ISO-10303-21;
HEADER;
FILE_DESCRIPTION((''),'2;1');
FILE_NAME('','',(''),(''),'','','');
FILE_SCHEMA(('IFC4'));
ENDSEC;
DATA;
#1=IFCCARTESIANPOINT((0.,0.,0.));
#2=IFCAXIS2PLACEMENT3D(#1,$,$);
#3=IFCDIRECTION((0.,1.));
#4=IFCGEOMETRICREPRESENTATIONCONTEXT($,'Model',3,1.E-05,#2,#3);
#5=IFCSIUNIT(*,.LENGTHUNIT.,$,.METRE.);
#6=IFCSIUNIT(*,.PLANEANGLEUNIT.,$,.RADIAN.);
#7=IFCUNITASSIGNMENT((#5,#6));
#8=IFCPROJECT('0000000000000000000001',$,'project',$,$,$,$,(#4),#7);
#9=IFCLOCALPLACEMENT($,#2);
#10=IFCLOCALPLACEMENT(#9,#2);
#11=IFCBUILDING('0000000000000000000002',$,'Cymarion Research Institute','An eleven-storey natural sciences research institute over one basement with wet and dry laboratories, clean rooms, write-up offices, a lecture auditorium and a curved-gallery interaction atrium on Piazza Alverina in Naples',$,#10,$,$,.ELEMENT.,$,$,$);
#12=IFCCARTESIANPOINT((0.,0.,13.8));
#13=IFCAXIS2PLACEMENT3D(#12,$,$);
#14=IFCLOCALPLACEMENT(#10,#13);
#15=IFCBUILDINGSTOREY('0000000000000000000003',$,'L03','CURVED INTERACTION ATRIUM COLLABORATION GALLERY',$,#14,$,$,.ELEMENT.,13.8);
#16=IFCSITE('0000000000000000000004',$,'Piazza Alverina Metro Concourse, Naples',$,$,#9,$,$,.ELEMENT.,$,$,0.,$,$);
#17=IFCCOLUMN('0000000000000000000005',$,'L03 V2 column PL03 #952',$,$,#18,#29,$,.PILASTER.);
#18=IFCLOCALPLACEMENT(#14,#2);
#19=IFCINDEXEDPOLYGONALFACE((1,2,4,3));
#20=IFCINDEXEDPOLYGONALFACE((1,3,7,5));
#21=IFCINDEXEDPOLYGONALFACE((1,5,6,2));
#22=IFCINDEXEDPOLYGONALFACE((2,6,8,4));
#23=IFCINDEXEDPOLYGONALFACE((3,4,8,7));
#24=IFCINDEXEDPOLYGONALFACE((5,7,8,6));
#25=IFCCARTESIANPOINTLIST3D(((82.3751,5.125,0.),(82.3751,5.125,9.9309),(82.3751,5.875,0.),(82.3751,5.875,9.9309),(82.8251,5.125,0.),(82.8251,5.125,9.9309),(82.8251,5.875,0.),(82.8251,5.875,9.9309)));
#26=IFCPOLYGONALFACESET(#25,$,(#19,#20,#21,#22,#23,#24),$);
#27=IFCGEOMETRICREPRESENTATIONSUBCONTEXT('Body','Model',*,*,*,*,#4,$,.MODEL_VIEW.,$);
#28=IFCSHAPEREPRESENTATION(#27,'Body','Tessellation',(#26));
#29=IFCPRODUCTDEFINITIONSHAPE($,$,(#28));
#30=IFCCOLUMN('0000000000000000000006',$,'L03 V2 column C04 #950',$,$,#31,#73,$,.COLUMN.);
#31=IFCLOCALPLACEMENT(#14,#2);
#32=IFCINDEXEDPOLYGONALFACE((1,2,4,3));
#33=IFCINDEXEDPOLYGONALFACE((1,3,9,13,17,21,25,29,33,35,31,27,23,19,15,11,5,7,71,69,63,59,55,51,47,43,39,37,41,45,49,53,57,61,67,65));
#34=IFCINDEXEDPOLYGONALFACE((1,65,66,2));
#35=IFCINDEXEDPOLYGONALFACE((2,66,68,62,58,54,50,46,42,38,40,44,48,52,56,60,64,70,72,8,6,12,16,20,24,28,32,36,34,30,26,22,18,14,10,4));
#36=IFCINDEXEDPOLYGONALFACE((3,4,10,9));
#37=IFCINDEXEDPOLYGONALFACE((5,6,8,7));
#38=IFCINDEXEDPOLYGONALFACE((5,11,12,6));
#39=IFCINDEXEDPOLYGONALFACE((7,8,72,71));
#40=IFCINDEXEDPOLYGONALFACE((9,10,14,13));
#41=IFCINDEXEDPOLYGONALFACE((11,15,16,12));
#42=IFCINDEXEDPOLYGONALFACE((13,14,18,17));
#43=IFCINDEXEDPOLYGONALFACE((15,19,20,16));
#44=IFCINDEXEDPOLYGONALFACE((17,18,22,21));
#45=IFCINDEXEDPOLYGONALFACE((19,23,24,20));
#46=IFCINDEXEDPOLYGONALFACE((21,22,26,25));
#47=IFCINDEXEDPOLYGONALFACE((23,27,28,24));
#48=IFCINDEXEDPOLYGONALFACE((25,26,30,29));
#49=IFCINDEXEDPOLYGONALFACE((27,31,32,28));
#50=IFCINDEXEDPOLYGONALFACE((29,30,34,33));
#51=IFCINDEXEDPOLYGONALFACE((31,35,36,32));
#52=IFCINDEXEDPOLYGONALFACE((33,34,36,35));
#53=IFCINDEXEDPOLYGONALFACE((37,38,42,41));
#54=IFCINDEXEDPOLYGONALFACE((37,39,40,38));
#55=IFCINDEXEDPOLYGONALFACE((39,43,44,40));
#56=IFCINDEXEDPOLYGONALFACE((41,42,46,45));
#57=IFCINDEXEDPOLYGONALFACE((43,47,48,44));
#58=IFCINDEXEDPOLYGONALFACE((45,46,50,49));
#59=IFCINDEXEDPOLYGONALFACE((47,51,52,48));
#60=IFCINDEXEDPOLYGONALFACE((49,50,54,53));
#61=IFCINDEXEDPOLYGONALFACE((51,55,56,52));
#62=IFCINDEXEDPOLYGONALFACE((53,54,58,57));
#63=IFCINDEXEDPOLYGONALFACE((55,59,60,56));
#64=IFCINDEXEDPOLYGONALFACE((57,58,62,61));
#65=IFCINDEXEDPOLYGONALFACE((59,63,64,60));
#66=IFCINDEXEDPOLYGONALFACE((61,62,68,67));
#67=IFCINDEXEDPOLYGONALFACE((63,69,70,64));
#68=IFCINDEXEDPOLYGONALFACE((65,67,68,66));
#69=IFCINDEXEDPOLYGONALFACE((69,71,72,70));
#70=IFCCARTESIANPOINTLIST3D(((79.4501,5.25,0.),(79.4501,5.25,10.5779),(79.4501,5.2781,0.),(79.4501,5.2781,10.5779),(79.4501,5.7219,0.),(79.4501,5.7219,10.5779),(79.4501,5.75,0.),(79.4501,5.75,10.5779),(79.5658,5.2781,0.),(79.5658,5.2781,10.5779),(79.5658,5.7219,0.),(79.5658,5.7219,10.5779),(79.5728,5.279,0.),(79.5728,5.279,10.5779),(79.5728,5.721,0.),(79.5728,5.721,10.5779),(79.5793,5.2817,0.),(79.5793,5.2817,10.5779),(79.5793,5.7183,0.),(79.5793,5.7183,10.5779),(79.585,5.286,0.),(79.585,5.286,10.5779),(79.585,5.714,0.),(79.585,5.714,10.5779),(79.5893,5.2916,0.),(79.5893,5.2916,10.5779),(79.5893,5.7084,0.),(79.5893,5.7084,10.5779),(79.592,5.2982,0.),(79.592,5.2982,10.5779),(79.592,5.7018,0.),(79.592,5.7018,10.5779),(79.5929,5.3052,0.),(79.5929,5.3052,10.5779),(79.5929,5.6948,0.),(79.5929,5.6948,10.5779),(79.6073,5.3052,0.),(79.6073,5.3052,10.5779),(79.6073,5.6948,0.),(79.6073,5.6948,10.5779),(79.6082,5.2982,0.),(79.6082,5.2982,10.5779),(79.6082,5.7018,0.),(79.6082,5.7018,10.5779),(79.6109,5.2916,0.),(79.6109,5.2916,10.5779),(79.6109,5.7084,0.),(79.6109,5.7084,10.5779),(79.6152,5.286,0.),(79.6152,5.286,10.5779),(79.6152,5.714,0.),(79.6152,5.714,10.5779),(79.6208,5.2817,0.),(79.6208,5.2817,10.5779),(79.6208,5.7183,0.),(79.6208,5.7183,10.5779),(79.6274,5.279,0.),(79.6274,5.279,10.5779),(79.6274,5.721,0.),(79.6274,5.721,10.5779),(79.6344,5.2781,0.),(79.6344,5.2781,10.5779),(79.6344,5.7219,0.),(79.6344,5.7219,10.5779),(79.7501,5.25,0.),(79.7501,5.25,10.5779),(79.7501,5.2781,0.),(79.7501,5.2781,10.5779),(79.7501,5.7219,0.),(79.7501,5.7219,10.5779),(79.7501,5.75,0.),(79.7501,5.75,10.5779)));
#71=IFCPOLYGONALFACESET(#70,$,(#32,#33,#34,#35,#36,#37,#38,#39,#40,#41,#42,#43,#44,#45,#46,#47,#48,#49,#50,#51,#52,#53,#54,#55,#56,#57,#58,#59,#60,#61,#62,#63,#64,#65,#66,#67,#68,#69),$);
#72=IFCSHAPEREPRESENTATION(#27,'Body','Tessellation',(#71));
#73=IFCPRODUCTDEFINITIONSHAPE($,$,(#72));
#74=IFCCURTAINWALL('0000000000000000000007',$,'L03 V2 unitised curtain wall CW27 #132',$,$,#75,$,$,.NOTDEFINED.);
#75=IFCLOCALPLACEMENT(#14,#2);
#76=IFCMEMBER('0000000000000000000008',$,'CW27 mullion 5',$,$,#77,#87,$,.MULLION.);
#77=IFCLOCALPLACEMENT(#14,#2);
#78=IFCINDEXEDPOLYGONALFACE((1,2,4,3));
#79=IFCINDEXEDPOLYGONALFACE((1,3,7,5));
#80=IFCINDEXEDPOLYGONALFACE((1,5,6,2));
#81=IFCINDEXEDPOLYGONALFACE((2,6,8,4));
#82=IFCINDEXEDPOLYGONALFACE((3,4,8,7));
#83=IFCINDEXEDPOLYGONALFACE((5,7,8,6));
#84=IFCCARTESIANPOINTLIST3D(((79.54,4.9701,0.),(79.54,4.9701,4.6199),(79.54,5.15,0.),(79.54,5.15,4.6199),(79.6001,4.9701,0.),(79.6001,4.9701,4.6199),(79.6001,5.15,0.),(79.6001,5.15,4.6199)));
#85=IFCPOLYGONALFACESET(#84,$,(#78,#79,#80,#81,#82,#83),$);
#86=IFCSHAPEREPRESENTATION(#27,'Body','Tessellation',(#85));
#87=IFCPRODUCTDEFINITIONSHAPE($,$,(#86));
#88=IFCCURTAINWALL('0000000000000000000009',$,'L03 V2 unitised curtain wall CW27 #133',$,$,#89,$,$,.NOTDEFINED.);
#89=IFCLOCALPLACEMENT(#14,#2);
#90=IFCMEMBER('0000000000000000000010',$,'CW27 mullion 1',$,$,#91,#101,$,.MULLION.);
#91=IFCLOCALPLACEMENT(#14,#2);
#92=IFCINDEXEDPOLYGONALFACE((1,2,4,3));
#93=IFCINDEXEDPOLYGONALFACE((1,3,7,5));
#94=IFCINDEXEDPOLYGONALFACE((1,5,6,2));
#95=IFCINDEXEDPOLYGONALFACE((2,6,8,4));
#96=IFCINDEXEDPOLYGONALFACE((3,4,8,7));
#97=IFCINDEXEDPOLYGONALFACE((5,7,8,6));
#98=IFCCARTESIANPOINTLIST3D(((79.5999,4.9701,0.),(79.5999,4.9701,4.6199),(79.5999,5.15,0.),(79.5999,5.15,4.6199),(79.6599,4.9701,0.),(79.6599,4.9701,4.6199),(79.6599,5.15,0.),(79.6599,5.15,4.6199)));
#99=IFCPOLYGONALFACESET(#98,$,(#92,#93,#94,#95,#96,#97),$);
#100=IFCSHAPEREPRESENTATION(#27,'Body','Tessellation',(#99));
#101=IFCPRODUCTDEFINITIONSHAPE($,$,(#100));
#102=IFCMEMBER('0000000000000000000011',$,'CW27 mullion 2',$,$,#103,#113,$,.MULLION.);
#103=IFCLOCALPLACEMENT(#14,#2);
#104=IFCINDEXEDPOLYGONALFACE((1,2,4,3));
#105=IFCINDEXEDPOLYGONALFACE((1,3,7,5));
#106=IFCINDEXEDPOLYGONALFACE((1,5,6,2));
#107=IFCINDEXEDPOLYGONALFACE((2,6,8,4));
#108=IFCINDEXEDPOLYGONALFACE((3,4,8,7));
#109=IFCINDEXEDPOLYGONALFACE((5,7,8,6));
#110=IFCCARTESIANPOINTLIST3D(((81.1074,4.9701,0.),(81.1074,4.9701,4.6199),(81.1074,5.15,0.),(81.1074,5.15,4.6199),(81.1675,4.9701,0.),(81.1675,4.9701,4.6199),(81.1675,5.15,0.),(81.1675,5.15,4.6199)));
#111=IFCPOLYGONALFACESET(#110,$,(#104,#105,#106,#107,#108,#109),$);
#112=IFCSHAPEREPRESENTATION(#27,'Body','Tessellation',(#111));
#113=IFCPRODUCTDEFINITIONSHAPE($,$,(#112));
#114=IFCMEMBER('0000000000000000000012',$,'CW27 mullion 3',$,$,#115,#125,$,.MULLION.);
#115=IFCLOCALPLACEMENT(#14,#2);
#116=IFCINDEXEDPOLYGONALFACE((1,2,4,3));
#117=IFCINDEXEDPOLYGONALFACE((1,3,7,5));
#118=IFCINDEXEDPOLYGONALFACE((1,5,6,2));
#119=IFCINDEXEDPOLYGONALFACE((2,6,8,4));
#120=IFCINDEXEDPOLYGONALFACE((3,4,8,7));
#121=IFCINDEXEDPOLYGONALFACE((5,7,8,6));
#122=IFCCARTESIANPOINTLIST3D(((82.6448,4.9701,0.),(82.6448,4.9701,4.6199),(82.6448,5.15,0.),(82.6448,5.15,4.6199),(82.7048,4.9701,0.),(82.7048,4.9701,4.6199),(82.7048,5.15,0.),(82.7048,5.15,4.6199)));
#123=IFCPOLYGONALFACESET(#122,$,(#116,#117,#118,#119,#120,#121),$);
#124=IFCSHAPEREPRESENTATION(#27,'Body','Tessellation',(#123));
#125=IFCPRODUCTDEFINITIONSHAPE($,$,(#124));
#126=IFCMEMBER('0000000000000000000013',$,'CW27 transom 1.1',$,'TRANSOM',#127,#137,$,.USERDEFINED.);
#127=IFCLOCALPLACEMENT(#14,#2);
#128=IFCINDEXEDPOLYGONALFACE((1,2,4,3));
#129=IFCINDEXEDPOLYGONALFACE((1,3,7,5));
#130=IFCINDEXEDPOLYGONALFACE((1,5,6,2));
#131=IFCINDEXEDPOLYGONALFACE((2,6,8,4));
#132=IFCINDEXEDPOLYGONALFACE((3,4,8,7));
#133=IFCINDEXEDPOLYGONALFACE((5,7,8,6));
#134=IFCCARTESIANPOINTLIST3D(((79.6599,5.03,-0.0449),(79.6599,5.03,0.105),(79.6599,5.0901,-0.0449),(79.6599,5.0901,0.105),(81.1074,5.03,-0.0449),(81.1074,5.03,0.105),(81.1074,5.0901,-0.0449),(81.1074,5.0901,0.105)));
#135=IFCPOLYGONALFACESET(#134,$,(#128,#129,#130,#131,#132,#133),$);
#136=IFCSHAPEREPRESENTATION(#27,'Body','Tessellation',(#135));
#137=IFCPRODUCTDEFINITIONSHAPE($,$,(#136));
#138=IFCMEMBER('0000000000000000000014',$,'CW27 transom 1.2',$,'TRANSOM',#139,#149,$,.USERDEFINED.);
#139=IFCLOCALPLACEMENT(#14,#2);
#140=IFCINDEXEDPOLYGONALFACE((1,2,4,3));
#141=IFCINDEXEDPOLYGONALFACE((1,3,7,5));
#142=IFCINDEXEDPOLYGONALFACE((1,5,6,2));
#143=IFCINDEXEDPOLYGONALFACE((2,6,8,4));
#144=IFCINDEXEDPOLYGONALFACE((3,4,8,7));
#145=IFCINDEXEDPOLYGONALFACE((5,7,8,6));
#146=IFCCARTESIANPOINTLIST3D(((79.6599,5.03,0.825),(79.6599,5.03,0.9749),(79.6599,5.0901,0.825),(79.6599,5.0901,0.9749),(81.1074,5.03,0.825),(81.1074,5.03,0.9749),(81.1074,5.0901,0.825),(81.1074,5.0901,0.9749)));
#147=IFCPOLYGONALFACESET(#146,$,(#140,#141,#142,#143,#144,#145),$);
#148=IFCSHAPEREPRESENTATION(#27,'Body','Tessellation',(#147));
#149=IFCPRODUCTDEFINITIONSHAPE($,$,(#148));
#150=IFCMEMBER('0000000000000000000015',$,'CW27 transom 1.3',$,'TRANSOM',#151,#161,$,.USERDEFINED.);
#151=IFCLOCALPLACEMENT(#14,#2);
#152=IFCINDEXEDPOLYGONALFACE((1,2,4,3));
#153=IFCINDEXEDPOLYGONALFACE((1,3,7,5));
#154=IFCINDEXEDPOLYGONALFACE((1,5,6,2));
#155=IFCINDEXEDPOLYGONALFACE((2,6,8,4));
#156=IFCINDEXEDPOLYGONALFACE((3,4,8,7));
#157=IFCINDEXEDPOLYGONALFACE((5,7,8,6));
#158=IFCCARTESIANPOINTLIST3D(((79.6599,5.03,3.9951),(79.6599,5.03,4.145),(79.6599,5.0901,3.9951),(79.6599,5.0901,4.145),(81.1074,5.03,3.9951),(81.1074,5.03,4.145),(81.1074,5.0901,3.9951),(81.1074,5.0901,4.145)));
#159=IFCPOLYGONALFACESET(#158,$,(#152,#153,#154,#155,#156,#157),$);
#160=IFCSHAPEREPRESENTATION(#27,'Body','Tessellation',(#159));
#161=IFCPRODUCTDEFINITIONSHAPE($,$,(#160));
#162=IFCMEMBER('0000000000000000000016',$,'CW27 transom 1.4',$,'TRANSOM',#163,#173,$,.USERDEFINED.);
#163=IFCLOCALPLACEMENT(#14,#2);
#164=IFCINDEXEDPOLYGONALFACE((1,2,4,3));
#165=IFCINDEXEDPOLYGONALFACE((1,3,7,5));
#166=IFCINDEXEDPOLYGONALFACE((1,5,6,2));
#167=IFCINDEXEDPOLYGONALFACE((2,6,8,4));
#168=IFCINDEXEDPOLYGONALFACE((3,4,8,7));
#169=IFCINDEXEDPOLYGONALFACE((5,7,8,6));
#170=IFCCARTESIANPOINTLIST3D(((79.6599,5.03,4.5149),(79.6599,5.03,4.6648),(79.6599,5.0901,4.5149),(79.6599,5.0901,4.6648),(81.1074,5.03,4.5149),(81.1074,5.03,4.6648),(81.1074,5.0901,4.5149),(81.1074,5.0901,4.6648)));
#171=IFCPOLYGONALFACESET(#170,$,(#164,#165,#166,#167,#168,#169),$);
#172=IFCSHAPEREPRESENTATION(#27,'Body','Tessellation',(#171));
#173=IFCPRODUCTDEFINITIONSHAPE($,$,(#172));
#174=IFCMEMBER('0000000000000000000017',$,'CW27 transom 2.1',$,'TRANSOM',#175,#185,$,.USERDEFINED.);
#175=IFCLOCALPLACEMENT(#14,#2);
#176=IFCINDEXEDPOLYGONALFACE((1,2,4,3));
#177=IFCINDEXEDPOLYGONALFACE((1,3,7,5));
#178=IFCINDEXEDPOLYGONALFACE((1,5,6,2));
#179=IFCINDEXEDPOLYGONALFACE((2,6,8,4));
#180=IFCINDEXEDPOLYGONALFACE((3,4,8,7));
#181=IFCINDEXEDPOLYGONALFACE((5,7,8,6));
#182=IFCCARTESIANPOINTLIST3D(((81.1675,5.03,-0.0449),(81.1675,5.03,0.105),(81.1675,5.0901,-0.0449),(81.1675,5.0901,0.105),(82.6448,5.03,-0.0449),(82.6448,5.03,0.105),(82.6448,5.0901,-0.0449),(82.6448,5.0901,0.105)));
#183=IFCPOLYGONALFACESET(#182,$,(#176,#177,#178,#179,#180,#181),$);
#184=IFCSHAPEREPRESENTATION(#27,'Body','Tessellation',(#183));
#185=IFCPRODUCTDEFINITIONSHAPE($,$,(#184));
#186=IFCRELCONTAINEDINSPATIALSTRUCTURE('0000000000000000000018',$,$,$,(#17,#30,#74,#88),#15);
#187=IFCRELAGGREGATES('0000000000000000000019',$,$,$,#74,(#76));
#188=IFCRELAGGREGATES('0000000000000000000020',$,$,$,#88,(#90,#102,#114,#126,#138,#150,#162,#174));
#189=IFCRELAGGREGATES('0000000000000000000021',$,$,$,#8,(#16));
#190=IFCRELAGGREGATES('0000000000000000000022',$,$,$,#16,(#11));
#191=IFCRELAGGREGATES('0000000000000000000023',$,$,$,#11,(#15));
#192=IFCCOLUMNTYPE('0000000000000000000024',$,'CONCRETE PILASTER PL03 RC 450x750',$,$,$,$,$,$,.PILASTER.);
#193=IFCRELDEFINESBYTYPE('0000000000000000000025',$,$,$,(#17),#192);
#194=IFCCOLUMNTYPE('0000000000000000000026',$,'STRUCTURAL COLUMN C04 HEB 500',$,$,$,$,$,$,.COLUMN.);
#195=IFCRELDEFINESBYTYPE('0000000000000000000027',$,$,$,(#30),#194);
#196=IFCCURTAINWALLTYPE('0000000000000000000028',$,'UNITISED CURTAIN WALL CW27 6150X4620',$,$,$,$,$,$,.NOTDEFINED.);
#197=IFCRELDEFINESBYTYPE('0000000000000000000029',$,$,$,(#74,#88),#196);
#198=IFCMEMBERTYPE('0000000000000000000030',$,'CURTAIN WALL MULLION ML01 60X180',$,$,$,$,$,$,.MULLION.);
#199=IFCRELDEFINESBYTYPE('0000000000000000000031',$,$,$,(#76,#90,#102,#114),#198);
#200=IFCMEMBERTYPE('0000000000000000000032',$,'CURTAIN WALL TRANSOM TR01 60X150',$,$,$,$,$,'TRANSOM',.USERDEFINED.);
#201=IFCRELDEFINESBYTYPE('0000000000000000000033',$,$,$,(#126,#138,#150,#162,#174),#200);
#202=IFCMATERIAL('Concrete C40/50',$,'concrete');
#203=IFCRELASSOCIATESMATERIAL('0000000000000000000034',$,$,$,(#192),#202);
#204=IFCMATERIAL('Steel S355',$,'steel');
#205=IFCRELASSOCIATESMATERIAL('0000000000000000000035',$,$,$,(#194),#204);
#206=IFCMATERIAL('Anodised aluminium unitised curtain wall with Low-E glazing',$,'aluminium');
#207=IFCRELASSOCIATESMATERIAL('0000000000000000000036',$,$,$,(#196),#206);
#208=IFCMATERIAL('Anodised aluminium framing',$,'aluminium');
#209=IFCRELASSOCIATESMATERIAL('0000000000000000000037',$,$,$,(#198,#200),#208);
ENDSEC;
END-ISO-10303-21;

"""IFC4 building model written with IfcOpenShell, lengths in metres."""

from ifc_helpers import new_model, si_unit, direction, frame, origin, origin_2d, place, context, subcontext, project, spatial, rectangle, i_section, extrude, material, material_profile, profile_set, type_object, element, aggregate, save


model = new_model("IFC4")

# Units and contexts
model_context = context("Model", 3, precision=1e-05, world=origin(), true_north=direction((0.0, 1.0)))
body_context = subcontext(model_context, "Body", "Model", "MODEL_VIEW")
ifc_project = project(units=[si_unit("LENGTHUNIT", "METRE"), si_unit("PLANEANGLEUNIT", "RADIAN")], contexts=[model_context])

# Site, building, storey
site_placement = place(None, origin())
site = spatial("IfcSite", under=ifc_project, at=site_placement, Name="Piazza Alverina Metro Concourse, Naples", CompositionType="ELEMENT", RefElevation=0.0)
building_placement = place(site_placement, origin())
building = spatial("IfcBuilding", under=site, at=building_placement, Name="Cymarion Research Institute", Description="An eleven-storey natural sciences research institute over one basement with wet and dry laboratories, clean rooms, write-up offices, a lecture auditorium and a curved-gallery interaction atrium on Piazza Alverina in Naples", CompositionType="ELEMENT")
storey_placement = place(building_placement, frame((0.0, 0.0, 13.8)))
storey = spatial("IfcBuildingStorey", under=building, at=storey_placement, Name="L03", Description="CURVED INTERACTION ATRIUM COLLABORATION GALLERY", CompositionType="ELEMENT", Elevation=13.8)

# Columns
ifc_material_1 = material(Name="Concrete C40/50", Category="concrete")
ifc_material_profile_1 = material_profile(ifc_material_1, rectangle(XDim=0.45, YDim=0.75, at=origin_2d()), Name="RC 450x750")
ifc_profile_set_1 = profile_set([ifc_material_profile_1], Name="Concrete C40/50")
column_type_1 = type_object("IfcColumnType", Name="CONCRETE PILASTER PL03 RC 450x750", PredefinedType="PILASTER", material=ifc_profile_set_1)
column_1_placement = place(storey_placement, frame((82.6001, 5.5, 0.0), z_axis=(0.0, 0.0, 1.0), x_axis=(1.0, 0.0, 0.0)))
element("IfcColumn", 1, at=column_1_placement, inside=storey, type_object=column_type_1, Name="L03 V2 column PL03 #952", PredefinedType="PILASTER", context=body_context, shape_type="SweptSolid", body=[
    extrude(rectangle(XDim=0.45, YDim=0.75, at=origin_2d()), origin(), (0.0, 0.0, 1.0), 9.9309),
])
ifc_material_2 = material(Name="Steel S355", Category="steel")
ifc_material_profile_2 = material_profile(ifc_material_2, i_section(OverallWidth=0.3, OverallDepth=0.5, WebThickness=0.0144, FlangeThickness=0.0281, FilletRadius=0.0271, at=origin_2d()), Name="HEB 500")
ifc_profile_set_2 = profile_set([ifc_material_profile_2], Name="Steel S355")
column_type_2 = type_object("IfcColumnType", Name="STRUCTURAL COLUMN C04 HEB 500", PredefinedType="COLUMN", material=ifc_profile_set_2)
column_2_placement = place(storey_placement, frame((79.6001, 5.5, 0.0), z_axis=(0.0, 0.0, 1.0), x_axis=(1.0, 0.0, 0.0)))
element("IfcColumn", 2, at=column_2_placement, inside=storey, type_object=column_type_2, Name="L03 V2 column C04 #950", PredefinedType="COLUMN", context=body_context, shape_type="SweptSolid", body=[
    extrude(i_section(OverallWidth=0.3, OverallDepth=0.5, WebThickness=0.0144, FlangeThickness=0.0281, FilletRadius=0.0271, at=origin_2d()), origin(), (0.0, 0.0, 1.0), 10.5779),
])

# Curtain wall, member
ifc_material_3 = material(Name="Anodised aluminium unitised curtain wall with Low-E glazing", Category="aluminium")
curtain_wall_type = type_object("IfcCurtainWallType", Name="UNITISED CURTAIN WALL CW27 6150X4620", PredefinedType="NOTDEFINED", material=ifc_material_3)
curtain_wall_1_placement = place(storey_placement, origin())
curtain_wall_1 = element("IfcCurtainWall", 3, at=curtain_wall_1_placement, inside=storey, type_object=curtain_wall_type, Name="L03 V2 unitised curtain wall CW27 #132", PredefinedType="NOTDEFINED")
ifc_material_4 = material(Name="Anodised aluminium framing", Category="aluminium")
ifc_material_profile_3 = material_profile(ifc_material_4, rectangle(XDim=0.0601, YDim=0.1799, at=origin_2d()), Name="ALU MULLION 60x180")
ifc_profile_set_3 = profile_set([ifc_material_profile_3], Name="Anodised aluminium framing")
member_type_1 = type_object("IfcMemberType", Name="CURTAIN WALL MULLION ML01 60X180", PredefinedType="MULLION", material=ifc_profile_set_3)
member_1_placement = place(storey_placement, frame((79.5701, 5.0601, 0.0), z_axis=(0.0, 0.0, 1.0), x_axis=(1.0, 0.0, 0.0)))
member_1 = element("IfcMember", 4, at=member_1_placement, type_object=member_type_1, Name="CW27 mullion 5", PredefinedType="MULLION", context=body_context, shape_type="SweptSolid", body=[
    extrude(rectangle(XDim=0.0601, YDim=0.1799, at=origin_2d()), origin(), (0.0, 0.0, 1.0), 4.6199),
])

# Curtain wall, members
curtain_wall_2_placement = place(storey_placement, origin())
curtain_wall_2 = element("IfcCurtainWall", 5, at=curtain_wall_2_placement, inside=storey, type_object=curtain_wall_type, Name="L03 V2 unitised curtain wall CW27 #133", PredefinedType="NOTDEFINED")
member_2_placement = place(storey_placement, frame((79.6299, 5.0601, 0.0), z_axis=(0.0, 0.0, 1.0), x_axis=(1.0, 0.0, 0.0)))
member_2 = element("IfcMember", 6, at=member_2_placement, type_object=member_type_1, Name="CW27 mullion 1", PredefinedType="MULLION", context=body_context, shape_type="SweptSolid", body=[
    extrude(rectangle(XDim=0.0601, YDim=0.1799, at=origin_2d()), origin(), (0.0, 0.0, 1.0), 4.6199),
])
member_3_placement = place(storey_placement, frame((81.1375, 5.0601, 0.0), z_axis=(0.0, 0.0, 1.0), x_axis=(1.0, 0.0, 0.0)))
member_3 = element("IfcMember", 7, at=member_3_placement, type_object=member_type_1, Name="CW27 mullion 2", PredefinedType="MULLION", context=body_context, shape_type="SweptSolid", body=[
    extrude(rectangle(XDim=0.0601, YDim=0.1799, at=origin_2d()), origin(), (0.0, 0.0, 1.0), 4.6199),
])
member_4_placement = place(storey_placement, frame((82.6748, 5.0601, 0.0), z_axis=(0.0, 0.0, 1.0), x_axis=(1.0, 0.0, 0.0)))
member_4 = element("IfcMember", 8, at=member_4_placement, type_object=member_type_1, Name="CW27 mullion 3", PredefinedType="MULLION", context=body_context, shape_type="SweptSolid", body=[
    extrude(rectangle(XDim=0.0601, YDim=0.1799, at=origin_2d()), origin(), (0.0, 0.0, 1.0), 4.6199),
])
ifc_material_profile_4 = material_profile(ifc_material_4, rectangle(XDim=0.0601, YDim=0.1499, at=origin_2d()), Name="ALU TRANSOM 60x150")
ifc_profile_set_4 = profile_set([ifc_material_profile_4], Name="Anodised aluminium framing")
member_type_2 = type_object("IfcMemberType", Name="CURTAIN WALL TRANSOM TR01 60X150", ElementType="TRANSOM", PredefinedType="USERDEFINED", material=ifc_profile_set_4)
member_5_placement = place(storey_placement, frame((79.6599, 5.0601, 0.03), z_axis=(1.0, 0.0, 0.0), x_axis=(0.0, 1.0, 0.0)))
member_5 = element("IfcMember", 9, at=member_5_placement, type_object=member_type_2, Name="CW27 transom 1.1", ObjectType="TRANSOM", PredefinedType="USERDEFINED", context=body_context, shape_type="SweptSolid", body=[
    extrude(rectangle(XDim=0.0601, YDim=0.1499, at=origin_2d()), origin(), (0.0, 0.0, 1.0), 1.4475),
])
member_6_placement = place(storey_placement, frame((79.6599, 5.0601, 0.8999), z_axis=(1.0, 0.0, 0.0), x_axis=(0.0, 1.0, 0.0)))
member_6 = element("IfcMember", 10, at=member_6_placement, type_object=member_type_2, Name="CW27 transom 1.2", ObjectType="TRANSOM", PredefinedType="USERDEFINED", context=body_context, shape_type="SweptSolid", body=[
    extrude(rectangle(XDim=0.0601, YDim=0.1499, at=origin_2d()), origin(), (0.0, 0.0, 1.0), 1.4475),
])
member_7_placement = place(storey_placement, frame((79.6599, 5.0601, 4.0701), z_axis=(1.0, 0.0, 0.0), x_axis=(0.0, 1.0, 0.0)))
member_7 = element("IfcMember", 11, at=member_7_placement, type_object=member_type_2, Name="CW27 transom 1.3", ObjectType="TRANSOM", PredefinedType="USERDEFINED", context=body_context, shape_type="SweptSolid", body=[
    extrude(rectangle(XDim=0.0601, YDim=0.1499, at=origin_2d()), origin(), (0.0, 0.0, 1.0), 1.4475),
])
member_8_placement = place(storey_placement, frame((79.6599, 5.0601, 4.5898), z_axis=(1.0, 0.0, 0.0), x_axis=(0.0, 1.0, 0.0)))
member_8 = element("IfcMember", 12, at=member_8_placement, type_object=member_type_2, Name="CW27 transom 1.4", ObjectType="TRANSOM", PredefinedType="USERDEFINED", context=body_context, shape_type="SweptSolid", body=[
    extrude(rectangle(XDim=0.0601, YDim=0.1499, at=origin_2d()), origin(), (0.0, 0.0, 1.0), 1.4475),
])
member_9_placement = place(storey_placement, frame((81.1675, 5.0601, 0.03), z_axis=(1.0, 0.0, 0.0), x_axis=(0.0, 1.0, 0.0)))
member_9 = element("IfcMember", 13, at=member_9_placement, type_object=member_type_2, Name="CW27 transom 2.1", ObjectType="TRANSOM", PredefinedType="USERDEFINED", context=body_context, shape_type="SweptSolid", body=[
    extrude(rectangle(XDim=0.0601, YDim=0.1499, at=origin_2d()), origin(), (0.0, 0.0, 1.0), 1.4773),
])

aggregate(curtain_wall_1, [member_1])
aggregate(curtain_wall_2, [member_2, member_3, member_4, member_5, member_6, member_7, member_8, member_9])

save(model, "model.ifc")
